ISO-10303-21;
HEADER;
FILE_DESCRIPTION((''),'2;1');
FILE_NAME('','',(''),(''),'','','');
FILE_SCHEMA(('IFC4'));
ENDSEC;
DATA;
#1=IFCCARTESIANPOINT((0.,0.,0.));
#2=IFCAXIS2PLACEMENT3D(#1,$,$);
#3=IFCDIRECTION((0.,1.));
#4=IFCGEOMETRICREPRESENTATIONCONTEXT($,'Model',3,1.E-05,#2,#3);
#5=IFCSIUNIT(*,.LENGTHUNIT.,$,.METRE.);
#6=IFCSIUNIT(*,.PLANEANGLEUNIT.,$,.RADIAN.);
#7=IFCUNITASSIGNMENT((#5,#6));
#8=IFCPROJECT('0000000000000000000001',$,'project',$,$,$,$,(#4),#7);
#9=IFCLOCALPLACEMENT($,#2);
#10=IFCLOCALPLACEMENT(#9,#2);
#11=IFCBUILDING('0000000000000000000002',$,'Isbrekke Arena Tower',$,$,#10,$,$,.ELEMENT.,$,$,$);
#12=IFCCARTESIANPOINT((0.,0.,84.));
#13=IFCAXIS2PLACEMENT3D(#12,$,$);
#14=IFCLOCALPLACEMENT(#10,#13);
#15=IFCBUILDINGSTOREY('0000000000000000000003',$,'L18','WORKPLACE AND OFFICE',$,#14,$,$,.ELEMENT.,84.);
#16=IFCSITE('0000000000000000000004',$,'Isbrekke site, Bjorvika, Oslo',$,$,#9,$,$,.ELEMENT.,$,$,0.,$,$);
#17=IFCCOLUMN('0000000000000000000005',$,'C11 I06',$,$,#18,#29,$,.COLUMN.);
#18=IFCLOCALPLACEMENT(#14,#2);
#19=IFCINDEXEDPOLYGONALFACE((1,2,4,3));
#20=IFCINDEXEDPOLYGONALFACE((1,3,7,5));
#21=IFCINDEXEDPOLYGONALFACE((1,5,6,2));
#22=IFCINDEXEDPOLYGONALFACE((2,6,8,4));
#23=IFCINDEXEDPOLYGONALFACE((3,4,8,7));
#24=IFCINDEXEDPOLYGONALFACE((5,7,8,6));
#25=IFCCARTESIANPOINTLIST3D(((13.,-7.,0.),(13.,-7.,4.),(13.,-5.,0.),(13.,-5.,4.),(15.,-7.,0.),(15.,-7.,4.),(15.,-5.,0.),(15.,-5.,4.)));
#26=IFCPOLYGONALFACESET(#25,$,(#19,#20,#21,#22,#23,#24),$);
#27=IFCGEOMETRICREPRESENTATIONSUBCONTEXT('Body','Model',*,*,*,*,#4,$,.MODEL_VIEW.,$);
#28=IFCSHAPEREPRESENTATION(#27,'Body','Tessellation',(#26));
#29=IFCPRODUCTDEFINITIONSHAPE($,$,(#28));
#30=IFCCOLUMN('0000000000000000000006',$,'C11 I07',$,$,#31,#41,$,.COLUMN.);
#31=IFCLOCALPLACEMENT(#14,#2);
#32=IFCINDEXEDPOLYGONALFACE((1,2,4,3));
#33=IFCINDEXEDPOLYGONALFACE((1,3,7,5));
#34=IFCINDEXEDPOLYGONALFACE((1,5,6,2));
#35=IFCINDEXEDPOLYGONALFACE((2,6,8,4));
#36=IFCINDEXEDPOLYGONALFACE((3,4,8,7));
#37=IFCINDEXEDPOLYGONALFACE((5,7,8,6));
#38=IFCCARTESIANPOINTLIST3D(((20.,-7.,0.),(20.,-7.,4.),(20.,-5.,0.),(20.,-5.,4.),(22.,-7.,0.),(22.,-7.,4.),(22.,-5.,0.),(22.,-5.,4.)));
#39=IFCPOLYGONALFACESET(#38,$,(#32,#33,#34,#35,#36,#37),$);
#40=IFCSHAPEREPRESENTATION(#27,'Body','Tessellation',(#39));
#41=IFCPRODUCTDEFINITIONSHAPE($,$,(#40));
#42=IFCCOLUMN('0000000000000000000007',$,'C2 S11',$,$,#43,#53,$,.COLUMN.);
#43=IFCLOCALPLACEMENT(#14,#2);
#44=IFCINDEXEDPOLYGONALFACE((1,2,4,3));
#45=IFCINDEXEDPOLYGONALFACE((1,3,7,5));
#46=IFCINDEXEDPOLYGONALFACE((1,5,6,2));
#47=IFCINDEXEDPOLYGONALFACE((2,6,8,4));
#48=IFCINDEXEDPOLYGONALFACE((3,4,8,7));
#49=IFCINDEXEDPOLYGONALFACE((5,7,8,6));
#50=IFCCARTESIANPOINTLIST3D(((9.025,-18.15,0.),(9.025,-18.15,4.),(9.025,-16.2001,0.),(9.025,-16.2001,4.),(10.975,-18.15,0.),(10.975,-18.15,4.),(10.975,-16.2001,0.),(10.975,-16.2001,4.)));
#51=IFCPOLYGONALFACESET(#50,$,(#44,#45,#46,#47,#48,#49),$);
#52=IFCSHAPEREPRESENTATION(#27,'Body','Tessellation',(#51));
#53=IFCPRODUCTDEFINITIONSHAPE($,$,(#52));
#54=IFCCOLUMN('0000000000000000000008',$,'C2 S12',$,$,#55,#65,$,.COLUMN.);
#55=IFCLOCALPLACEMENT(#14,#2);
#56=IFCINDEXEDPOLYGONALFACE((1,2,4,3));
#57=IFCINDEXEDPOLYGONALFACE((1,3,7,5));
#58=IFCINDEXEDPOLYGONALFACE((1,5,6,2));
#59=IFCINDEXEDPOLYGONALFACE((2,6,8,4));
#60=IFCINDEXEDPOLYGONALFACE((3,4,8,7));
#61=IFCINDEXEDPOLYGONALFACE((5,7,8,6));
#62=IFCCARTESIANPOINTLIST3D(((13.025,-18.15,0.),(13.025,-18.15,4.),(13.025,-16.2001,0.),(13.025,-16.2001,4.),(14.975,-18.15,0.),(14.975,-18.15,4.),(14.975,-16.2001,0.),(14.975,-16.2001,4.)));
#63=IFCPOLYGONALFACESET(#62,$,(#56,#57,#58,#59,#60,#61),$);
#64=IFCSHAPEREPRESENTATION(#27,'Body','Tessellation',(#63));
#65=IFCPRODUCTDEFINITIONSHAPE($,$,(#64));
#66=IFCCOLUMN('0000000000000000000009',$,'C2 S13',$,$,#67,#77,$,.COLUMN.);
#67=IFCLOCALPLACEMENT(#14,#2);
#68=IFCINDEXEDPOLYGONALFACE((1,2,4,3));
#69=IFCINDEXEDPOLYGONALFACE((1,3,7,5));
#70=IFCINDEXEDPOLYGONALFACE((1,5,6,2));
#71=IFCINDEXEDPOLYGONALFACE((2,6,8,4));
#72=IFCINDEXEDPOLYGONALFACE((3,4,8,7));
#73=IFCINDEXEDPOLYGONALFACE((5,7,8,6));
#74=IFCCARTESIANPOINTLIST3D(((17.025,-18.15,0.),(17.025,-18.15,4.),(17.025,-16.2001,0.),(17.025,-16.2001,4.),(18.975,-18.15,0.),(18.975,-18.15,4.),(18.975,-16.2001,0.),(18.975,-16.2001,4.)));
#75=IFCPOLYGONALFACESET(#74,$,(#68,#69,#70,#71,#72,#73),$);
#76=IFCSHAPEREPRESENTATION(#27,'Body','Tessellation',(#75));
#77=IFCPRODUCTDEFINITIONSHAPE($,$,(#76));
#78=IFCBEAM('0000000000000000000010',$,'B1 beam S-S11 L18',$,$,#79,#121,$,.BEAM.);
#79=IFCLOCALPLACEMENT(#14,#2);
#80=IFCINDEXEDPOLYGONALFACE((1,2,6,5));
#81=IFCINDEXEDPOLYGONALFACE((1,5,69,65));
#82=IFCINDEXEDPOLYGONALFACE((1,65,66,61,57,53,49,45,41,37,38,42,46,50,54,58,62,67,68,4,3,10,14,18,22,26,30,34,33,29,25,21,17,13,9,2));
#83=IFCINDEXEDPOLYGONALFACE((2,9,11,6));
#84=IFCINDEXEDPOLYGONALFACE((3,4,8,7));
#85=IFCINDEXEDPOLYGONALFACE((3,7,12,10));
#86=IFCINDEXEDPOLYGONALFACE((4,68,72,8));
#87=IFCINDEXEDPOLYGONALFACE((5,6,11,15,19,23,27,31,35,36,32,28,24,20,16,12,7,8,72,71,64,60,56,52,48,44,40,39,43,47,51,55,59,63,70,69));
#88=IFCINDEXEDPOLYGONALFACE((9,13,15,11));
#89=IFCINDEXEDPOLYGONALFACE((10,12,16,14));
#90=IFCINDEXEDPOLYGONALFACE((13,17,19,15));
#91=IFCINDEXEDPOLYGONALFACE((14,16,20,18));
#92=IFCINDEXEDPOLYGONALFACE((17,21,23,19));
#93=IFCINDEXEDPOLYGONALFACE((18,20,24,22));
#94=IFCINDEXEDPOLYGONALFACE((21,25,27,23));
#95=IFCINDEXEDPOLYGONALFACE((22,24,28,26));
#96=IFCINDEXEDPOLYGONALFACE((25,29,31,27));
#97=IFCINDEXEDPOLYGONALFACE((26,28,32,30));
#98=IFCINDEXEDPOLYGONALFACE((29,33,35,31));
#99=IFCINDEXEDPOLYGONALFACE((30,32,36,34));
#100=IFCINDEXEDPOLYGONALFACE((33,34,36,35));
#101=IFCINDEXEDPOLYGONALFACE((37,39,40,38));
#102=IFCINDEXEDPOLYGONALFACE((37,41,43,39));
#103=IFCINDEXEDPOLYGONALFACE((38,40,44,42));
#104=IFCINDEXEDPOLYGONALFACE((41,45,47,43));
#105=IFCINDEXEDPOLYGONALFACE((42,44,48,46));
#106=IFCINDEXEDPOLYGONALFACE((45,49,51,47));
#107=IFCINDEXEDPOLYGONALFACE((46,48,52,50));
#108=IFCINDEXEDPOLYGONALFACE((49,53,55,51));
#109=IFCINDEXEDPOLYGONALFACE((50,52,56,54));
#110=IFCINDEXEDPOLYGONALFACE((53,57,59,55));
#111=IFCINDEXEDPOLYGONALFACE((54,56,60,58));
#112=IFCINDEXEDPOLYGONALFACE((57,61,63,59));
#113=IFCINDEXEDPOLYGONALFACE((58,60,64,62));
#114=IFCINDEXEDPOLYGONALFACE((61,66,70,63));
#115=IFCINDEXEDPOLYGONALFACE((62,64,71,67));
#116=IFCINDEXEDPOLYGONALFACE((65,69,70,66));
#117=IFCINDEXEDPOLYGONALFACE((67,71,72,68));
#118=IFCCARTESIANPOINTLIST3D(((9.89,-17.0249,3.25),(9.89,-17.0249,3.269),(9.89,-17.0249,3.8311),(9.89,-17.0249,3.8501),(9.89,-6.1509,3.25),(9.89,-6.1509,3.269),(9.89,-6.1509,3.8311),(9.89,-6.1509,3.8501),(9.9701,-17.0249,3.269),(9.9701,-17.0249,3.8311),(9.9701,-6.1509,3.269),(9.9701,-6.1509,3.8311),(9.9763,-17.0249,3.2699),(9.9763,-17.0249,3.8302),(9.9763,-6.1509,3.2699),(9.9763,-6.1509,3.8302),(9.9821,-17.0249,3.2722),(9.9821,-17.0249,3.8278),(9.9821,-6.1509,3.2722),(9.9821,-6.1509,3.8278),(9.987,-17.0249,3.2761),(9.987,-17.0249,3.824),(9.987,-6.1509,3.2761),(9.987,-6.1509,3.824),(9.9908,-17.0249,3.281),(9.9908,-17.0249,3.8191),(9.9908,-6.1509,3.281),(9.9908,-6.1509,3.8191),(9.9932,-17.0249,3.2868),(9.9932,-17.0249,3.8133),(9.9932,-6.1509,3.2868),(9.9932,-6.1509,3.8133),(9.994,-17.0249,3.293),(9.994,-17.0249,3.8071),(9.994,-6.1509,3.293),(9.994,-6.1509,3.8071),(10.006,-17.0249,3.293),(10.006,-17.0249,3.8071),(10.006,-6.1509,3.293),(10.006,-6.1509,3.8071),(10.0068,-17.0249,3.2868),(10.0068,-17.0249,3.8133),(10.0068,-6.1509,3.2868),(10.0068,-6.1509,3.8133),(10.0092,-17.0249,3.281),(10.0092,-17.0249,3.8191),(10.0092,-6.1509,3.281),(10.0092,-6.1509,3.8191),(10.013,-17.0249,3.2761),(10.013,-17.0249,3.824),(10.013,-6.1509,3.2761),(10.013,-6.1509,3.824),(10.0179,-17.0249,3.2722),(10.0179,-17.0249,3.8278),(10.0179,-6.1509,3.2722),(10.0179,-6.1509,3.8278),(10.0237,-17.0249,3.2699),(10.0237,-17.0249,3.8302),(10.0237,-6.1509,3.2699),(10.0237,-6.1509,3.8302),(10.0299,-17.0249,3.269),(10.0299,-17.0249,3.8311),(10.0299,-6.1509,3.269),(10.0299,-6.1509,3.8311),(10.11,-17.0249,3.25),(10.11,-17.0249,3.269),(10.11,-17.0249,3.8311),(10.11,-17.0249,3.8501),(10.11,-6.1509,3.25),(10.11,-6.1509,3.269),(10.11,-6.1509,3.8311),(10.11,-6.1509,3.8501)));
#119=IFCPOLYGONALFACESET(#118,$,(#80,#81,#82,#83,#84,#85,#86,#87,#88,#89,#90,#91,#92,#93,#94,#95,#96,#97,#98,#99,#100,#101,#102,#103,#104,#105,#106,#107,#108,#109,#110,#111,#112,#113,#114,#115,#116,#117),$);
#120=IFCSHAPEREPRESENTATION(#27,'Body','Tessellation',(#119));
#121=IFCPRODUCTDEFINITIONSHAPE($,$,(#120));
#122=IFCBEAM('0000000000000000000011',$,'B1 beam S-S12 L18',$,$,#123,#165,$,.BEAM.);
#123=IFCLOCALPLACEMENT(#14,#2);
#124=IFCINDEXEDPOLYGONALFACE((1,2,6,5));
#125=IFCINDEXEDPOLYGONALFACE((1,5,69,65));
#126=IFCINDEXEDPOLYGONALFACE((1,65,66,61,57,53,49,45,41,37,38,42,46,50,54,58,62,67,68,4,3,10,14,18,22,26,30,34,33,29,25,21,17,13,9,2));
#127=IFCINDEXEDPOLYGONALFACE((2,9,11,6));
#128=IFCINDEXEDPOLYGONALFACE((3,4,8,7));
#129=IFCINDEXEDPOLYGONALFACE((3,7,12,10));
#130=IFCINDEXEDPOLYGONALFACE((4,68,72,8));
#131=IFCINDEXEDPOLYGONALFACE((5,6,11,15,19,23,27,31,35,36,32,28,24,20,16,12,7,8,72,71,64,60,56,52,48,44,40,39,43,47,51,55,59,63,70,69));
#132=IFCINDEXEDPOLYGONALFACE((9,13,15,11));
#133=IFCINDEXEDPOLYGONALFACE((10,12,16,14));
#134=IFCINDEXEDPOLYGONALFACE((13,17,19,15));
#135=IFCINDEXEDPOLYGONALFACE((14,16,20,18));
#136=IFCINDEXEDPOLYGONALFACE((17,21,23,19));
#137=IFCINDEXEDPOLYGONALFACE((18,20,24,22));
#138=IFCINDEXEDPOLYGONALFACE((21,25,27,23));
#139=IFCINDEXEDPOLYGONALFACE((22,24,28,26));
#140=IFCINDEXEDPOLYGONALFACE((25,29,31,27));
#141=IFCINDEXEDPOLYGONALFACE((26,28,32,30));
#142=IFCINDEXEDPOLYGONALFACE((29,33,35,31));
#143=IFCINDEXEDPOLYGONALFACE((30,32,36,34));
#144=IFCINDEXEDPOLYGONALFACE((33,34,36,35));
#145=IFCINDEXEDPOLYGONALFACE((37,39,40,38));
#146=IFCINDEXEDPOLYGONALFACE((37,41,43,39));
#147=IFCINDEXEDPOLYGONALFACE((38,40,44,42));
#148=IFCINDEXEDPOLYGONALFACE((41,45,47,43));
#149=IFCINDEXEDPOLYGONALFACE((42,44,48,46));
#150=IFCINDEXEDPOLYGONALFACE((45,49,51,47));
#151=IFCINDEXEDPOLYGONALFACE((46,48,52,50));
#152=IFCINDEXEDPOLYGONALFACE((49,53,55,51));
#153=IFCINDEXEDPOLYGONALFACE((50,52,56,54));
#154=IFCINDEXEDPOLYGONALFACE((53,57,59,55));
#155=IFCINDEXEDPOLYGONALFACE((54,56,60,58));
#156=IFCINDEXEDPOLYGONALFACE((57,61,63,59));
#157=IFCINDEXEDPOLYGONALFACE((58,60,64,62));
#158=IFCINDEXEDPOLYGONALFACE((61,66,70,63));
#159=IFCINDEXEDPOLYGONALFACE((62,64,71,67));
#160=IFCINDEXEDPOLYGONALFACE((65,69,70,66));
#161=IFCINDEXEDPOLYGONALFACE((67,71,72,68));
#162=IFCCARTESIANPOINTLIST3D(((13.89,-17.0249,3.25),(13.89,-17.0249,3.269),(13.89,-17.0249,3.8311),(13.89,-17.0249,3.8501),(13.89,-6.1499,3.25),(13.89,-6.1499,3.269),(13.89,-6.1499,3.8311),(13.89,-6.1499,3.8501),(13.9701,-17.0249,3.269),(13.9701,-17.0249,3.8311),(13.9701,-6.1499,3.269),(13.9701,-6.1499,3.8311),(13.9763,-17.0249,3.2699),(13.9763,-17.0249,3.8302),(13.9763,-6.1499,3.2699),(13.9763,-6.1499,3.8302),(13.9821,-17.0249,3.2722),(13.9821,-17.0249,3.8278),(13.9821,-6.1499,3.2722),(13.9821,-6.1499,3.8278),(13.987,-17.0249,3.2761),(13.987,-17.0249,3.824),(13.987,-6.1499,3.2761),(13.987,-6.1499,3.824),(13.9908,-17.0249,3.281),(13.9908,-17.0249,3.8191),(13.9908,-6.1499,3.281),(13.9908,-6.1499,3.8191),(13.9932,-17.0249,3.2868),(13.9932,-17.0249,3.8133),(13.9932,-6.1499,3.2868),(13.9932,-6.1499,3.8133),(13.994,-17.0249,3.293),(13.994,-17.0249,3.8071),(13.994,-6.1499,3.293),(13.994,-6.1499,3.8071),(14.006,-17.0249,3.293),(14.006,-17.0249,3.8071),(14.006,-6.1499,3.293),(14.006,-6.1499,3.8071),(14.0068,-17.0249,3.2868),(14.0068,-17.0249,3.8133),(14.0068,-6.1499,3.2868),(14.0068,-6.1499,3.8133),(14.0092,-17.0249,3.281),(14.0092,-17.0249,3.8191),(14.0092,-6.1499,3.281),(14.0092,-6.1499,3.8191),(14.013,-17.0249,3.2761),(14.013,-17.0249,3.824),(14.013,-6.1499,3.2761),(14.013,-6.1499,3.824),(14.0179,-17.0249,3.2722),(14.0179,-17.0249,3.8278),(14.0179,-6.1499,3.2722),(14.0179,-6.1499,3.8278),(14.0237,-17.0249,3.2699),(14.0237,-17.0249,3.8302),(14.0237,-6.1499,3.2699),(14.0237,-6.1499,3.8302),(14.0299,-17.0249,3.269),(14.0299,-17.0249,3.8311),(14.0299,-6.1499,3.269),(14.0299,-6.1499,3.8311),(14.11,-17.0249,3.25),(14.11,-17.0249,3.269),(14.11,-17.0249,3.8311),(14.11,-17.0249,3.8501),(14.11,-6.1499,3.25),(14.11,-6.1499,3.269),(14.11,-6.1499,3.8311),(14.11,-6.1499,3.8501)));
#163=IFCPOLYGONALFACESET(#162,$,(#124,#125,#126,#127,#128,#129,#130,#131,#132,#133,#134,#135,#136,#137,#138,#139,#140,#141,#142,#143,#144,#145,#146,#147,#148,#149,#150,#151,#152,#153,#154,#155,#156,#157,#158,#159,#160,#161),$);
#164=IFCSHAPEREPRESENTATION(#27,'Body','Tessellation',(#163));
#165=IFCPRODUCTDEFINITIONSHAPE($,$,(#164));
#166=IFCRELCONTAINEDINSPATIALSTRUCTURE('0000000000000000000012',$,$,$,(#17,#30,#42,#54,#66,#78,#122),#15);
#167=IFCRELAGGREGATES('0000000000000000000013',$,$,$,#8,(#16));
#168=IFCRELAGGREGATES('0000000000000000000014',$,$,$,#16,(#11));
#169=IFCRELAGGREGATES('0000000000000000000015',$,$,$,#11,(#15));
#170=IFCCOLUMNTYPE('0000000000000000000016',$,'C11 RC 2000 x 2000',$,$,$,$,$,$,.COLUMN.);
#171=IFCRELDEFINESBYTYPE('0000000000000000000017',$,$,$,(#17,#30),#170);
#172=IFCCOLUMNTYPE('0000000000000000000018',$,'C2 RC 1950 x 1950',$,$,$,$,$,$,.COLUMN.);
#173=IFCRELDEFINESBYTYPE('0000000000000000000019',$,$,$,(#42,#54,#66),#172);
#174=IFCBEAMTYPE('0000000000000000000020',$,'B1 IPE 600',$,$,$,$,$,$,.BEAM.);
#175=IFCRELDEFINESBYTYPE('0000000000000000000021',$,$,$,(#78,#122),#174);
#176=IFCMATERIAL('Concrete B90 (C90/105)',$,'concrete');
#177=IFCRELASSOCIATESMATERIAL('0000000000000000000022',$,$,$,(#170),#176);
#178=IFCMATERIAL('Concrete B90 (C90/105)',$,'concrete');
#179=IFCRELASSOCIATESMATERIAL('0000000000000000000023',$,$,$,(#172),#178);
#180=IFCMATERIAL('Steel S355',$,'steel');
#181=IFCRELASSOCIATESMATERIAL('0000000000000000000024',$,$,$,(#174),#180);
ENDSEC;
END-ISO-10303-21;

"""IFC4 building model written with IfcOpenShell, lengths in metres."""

from ifc_helpers import new_model, si_unit, direction, frame, origin, origin_2d, place, context, subcontext, project, spatial, rectangle, i_section, extrude, material, material_profile, profile_set, type_object, element, save


model = new_model("IFC4")

# Units and contexts
model_context = context("Model", 3, precision=1e-05, world=origin(), true_north=direction((0.0, 1.0)))
body_context = subcontext(model_context, "Body", "Model", "MODEL_VIEW")
ifc_project = project(units=[si_unit("LENGTHUNIT", "METRE"), si_unit("PLANEANGLEUNIT", "RADIAN")], contexts=[model_context])

# Site, building, storey
site_placement = place(None, origin())
site = spatial("IfcSite", under=ifc_project, at=site_placement, Name="Isbrekke site, Bjorvika, Oslo", CompositionType="ELEMENT", RefElevation=0.0)
building_placement = place(site_placement, origin())
building = spatial("IfcBuilding", under=site, at=building_placement, Name="Isbrekke Arena Tower", CompositionType="ELEMENT")
storey_placement = place(building_placement, frame((0.0, 0.0, 84.0)))
storey = spatial("IfcBuildingStorey", under=building, at=storey_placement, Name="L18", Description="WORKPLACE AND OFFICE", CompositionType="ELEMENT", Elevation=84.0)

# Columns
ifc_material_1 = material(Name="Concrete B90 (C90/105)", Category="concrete")
ifc_material_profile_1 = material_profile(ifc_material_1, rectangle(XDim=2.0, YDim=2.0, at=origin_2d()), Name="RC 2000x2000")
ifc_profile_set_1 = profile_set([ifc_material_profile_1], Name="Concrete B90 (C90/105)")
column_type_1 = type_object("IfcColumnType", Name="C11 RC 2000 x 2000", PredefinedType="COLUMN", material=ifc_profile_set_1)
for number, where, z_axis, x_axis, name in (
    (1, (14.0, -6.0, 0.0), (0.0, 0.0, 1.0), (1.0, 0.0, 0.0), "C11 I06"),
    (2, (21.0, -6.0, 0.0), (0.0, 0.0, 1.0), (1.0, 0.0, 0.0), "C11 I07"),
):
    element("IfcColumn", number, at=place(storey_placement, frame(where, z_axis=z_axis, x_axis=x_axis)), inside=storey, type_object=column_type_1, Name=name, PredefinedType="COLUMN", context=body_context, shape_type="SweptSolid", body=[
        extrude(rectangle(XDim=2.0, YDim=2.0, at=origin_2d()), origin(), (0.0, 0.0, 1.0), 4.0),
    ])
ifc_material_2 = material(Name="Concrete B90 (C90/105)", Category="concrete")
ifc_material_profile_2 = material_profile(ifc_material_2, rectangle(XDim=1.95, YDim=1.95, at=origin_2d()), Name="RC 1950x1950")
ifc_profile_set_2 = profile_set([ifc_material_profile_2], Name="Concrete B90 (C90/105)")
column_type_2 = type_object("IfcColumnType", Name="C2 RC 1950 x 1950", PredefinedType="COLUMN", material=ifc_profile_set_2)
for number, where, z_axis, x_axis, name in (
    (3, (10.0, -17.175, 0.0), (0.0, 0.0, 1.0), (1.0, 0.0, 0.0), "C2 S11"),
    (4, (14.0, -17.175, 0.0), (0.0, 0.0, 1.0), (1.0, 0.0, 0.0), "C2 S12"),
    (5, (18.0, -17.175, 0.0), (0.0, 0.0, 1.0), (1.0, 0.0, 0.0), "C2 S13"),
):
    element("IfcColumn", number, at=place(storey_placement, frame(where, z_axis=z_axis, x_axis=x_axis)), inside=storey, type_object=column_type_2, Name=name, PredefinedType="COLUMN", context=body_context, shape_type="SweptSolid", body=[
        extrude(rectangle(XDim=1.95, YDim=1.95, at=origin_2d()), origin(), (0.0, 0.0, 1.0), 4.0),
    ])

# Beams
ifc_material_3 = material(Name="Steel S355", Category="steel")
ifc_material_profile_3 = material_profile(ifc_material_3, i_section(OverallWidth=0.22, OverallDepth=0.6001, WebThickness=0.012, FlangeThickness=0.019, FilletRadius=0.0239, at=origin_2d()), Name="IPE 600")
ifc_profile_set_3 = profile_set([ifc_material_profile_3], Name="Steel S355")
beam_type_1 = type_object("IfcBeamType", Name="B1 IPE 600", PredefinedType="BEAM", material=ifc_profile_set_3)
beam_1_placement = place(storey_placement, frame((10.0, -17.0249, 3.55), z_axis=(0.0, 1.0, 0.0), x_axis=(-1.0, 0.0, 0.0)))
element("IfcBeam", 6, at=beam_1_placement, inside=storey, type_object=beam_type_1, Name="B1 beam S-S11 L18", PredefinedType="BEAM", context=body_context, shape_type="SweptSolid", body=[
    extrude(i_section(OverallWidth=0.22, OverallDepth=0.6001, WebThickness=0.012, FlangeThickness=0.019, FilletRadius=0.0239, at=origin_2d()), origin(), (0.0, 0.0, 1.0), 10.874),
])
beam_2_placement = place(storey_placement, frame((14.0, -17.0249, 3.55), z_axis=(0.0, 1.0, 0.0), x_axis=(-1.0, 0.0, 0.0)))
element("IfcBeam", 7, at=beam_2_placement, inside=storey, type_object=beam_type_1, Name="B1 beam S-S12 L18", PredefinedType="BEAM", context=body_context, shape_type="SweptSolid", body=[
    extrude(i_section(OverallWidth=0.22, OverallDepth=0.6001, WebThickness=0.012, FlangeThickness=0.019, FilletRadius=0.0239, at=origin_2d()), origin(), (0.0, 0.0, 1.0), 10.875),
])

save(model, "model.ifc")
